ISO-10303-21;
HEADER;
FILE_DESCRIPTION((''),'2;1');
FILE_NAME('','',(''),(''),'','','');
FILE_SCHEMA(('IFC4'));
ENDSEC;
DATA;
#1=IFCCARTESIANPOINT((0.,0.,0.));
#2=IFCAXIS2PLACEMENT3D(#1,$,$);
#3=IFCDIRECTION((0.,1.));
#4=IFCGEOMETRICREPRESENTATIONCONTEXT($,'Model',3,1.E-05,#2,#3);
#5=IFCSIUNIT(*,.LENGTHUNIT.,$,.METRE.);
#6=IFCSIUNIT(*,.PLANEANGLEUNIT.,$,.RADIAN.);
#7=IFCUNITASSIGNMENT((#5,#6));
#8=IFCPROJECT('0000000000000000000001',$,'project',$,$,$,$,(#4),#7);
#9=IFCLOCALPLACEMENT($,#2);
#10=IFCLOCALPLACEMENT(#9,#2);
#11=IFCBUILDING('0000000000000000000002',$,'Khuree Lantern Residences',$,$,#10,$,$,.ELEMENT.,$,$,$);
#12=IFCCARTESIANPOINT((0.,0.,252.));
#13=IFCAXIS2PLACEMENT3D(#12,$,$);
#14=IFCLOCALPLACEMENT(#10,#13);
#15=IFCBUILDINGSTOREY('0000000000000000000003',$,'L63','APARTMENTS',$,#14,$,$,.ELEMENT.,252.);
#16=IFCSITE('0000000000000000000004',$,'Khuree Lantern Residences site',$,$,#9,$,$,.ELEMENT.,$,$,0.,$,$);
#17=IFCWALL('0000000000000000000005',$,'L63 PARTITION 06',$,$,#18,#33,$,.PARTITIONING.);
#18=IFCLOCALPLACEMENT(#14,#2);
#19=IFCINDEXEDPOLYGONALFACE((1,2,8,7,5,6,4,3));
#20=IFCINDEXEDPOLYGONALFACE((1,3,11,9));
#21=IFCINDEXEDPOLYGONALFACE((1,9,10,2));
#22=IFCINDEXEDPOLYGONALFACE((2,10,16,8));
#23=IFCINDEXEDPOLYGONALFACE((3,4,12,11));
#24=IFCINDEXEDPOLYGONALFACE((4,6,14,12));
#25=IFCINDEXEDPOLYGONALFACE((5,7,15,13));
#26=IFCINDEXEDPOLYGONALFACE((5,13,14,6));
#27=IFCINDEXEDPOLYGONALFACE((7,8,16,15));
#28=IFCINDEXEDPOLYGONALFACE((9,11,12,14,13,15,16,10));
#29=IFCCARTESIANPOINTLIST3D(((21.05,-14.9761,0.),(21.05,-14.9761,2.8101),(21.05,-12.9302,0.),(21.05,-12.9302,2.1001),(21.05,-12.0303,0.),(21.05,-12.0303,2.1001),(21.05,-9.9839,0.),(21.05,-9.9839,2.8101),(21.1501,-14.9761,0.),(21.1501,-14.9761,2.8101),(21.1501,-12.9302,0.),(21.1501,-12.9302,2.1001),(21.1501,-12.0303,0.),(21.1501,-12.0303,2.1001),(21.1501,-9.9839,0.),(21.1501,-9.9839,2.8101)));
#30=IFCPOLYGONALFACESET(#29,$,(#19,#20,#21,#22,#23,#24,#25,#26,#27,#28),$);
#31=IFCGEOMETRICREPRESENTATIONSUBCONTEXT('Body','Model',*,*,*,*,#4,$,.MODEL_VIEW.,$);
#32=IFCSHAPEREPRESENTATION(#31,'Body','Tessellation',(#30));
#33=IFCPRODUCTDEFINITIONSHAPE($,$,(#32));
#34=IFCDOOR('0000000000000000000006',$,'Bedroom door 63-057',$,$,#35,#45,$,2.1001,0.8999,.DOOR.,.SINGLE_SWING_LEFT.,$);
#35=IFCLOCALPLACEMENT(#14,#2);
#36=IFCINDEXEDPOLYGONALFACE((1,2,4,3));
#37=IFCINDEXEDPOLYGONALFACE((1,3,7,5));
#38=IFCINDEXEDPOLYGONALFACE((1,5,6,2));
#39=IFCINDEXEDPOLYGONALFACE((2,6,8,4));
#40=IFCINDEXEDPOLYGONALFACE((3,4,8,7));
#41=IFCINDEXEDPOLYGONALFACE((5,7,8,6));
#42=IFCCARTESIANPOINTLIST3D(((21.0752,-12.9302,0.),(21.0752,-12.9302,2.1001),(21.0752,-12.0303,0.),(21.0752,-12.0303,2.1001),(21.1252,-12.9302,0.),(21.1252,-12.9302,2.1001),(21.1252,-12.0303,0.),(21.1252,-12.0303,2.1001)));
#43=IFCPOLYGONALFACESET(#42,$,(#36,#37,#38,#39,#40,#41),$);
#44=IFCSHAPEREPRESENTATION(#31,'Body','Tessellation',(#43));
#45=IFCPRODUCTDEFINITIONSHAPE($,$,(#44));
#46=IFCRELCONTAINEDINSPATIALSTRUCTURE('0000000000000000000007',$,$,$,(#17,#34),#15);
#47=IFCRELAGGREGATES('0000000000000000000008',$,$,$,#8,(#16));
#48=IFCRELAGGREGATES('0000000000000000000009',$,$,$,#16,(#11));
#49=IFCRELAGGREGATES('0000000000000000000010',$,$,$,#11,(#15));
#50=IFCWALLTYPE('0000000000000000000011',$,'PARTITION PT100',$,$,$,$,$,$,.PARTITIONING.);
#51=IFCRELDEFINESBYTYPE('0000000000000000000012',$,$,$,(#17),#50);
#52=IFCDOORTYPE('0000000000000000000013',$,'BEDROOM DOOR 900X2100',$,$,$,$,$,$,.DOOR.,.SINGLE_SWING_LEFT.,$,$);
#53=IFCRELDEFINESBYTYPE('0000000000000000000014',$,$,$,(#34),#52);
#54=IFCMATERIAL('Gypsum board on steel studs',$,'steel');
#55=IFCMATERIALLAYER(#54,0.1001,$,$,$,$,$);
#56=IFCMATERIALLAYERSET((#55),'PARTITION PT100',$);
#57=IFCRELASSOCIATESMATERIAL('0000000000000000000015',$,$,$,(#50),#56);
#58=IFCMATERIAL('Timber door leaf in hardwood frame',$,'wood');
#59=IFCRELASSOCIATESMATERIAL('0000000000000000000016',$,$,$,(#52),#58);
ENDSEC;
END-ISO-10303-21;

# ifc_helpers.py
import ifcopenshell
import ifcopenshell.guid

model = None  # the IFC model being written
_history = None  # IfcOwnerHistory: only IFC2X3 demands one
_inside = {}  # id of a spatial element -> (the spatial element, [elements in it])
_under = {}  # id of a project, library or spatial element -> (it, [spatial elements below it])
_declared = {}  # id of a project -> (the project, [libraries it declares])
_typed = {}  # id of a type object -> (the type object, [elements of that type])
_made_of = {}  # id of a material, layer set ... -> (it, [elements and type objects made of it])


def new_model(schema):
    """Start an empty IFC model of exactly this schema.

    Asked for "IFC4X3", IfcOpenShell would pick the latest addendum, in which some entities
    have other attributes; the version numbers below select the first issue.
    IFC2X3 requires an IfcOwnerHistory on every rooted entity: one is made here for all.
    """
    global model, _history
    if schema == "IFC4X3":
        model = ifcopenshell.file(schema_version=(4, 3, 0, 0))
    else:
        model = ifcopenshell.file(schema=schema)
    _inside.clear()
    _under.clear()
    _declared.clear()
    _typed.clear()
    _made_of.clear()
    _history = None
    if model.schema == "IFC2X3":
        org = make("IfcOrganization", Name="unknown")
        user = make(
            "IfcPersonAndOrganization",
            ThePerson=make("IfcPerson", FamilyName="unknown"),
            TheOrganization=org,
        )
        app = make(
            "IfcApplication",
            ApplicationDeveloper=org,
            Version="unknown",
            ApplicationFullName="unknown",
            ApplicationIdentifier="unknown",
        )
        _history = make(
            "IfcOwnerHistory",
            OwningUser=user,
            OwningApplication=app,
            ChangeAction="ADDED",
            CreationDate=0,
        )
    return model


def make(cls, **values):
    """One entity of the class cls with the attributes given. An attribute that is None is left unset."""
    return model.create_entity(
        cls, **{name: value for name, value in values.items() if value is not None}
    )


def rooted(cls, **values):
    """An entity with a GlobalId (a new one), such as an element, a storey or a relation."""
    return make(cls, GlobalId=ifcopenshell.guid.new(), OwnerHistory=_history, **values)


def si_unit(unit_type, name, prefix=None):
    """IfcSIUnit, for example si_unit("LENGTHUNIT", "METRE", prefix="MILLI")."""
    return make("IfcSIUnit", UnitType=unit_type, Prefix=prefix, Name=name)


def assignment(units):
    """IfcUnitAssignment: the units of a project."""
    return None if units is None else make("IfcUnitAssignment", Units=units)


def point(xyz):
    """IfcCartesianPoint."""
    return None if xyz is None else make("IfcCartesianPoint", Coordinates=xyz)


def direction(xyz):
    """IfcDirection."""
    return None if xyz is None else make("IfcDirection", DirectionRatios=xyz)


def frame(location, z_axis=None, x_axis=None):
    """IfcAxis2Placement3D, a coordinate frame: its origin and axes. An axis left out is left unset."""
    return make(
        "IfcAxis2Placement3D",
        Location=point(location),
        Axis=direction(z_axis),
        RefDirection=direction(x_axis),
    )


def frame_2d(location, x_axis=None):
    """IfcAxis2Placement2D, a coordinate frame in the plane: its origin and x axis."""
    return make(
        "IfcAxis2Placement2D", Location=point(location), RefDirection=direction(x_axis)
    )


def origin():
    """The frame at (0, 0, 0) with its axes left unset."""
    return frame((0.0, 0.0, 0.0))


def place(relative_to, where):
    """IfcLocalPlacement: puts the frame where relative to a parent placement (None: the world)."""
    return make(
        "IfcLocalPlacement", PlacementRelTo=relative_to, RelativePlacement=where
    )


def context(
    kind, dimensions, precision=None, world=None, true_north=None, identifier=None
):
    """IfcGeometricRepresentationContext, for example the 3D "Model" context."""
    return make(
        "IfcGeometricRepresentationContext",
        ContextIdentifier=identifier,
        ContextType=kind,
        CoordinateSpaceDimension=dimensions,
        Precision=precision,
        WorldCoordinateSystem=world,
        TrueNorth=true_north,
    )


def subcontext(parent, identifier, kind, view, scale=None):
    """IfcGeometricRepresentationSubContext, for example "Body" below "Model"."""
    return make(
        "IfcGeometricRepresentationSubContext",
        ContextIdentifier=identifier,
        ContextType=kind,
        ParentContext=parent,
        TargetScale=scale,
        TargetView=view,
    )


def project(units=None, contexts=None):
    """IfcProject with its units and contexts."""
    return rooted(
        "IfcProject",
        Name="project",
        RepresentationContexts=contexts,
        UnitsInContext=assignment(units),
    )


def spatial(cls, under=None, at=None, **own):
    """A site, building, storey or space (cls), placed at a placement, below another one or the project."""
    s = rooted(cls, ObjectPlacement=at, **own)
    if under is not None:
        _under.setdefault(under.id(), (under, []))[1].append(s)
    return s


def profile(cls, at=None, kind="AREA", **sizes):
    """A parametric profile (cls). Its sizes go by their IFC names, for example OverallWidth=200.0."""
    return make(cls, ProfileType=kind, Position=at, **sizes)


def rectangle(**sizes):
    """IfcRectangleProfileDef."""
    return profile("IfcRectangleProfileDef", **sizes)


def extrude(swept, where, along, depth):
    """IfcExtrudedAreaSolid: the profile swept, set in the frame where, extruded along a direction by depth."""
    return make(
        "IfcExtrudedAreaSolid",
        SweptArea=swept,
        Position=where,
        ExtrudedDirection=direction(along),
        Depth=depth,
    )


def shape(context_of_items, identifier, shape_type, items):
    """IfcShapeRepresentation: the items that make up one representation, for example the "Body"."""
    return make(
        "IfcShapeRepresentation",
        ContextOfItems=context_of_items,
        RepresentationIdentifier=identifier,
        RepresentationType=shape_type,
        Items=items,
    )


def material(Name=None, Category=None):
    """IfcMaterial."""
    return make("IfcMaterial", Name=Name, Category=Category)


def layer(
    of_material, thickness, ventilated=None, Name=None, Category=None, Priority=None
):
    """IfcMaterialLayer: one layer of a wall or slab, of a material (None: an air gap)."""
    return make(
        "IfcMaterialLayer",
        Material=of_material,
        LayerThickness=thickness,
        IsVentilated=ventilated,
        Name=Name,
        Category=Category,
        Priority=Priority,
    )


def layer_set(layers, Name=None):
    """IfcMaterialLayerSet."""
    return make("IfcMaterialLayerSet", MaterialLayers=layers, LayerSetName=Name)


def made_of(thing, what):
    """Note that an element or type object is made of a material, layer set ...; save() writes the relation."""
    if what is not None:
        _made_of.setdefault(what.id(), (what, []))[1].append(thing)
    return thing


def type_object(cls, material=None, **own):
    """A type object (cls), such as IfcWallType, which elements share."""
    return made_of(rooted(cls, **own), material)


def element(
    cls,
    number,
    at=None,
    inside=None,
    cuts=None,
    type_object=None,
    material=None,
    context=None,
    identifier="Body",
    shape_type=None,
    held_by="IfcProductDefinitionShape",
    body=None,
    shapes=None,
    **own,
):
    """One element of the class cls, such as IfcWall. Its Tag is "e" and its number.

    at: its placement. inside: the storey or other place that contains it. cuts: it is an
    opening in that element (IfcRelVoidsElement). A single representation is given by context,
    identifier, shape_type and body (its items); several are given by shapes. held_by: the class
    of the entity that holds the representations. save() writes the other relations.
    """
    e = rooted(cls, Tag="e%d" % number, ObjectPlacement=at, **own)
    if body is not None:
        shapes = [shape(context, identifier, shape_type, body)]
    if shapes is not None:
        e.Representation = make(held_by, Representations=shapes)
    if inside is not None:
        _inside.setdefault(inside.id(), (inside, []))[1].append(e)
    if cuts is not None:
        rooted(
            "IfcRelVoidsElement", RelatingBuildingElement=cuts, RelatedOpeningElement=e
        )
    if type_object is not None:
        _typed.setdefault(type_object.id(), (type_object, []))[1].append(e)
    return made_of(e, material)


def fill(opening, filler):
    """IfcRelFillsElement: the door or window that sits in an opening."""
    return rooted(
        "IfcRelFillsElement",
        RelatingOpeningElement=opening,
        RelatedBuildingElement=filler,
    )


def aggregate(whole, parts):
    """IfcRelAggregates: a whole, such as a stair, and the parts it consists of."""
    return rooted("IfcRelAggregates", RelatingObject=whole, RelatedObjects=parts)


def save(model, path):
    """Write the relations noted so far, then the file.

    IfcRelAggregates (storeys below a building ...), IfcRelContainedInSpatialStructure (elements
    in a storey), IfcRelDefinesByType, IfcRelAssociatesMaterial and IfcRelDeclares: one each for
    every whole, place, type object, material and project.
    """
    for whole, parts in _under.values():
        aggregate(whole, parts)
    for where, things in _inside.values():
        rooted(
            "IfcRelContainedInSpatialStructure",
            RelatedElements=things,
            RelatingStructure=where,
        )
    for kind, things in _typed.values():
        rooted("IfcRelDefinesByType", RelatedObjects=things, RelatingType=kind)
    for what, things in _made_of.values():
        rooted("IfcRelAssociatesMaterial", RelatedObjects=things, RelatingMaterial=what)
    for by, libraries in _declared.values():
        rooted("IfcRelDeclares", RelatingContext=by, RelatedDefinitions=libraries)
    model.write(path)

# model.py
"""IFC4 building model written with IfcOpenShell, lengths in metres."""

from ifc_helpers import new_model, si_unit, direction, frame, frame_2d, origin, place, context, subcontext, project, spatial, rectangle, extrude, material, layer, layer_set, type_object, element, fill, save


model = new_model("IFC4")

# Units and contexts
model_context = context("Model", 3, precision=1e-05, world=origin(), true_north=direction((0.0, 1.0)))
body_context = subcontext(model_context, "Body", "Model", "MODEL_VIEW")
ifc_project = project(units=[si_unit("LENGTHUNIT", "METRE"), si_unit("PLANEANGLEUNIT", "RADIAN")], contexts=[model_context])

# Site, building, storey
site_placement = place(None, origin())
site = spatial("IfcSite", under=ifc_project, at=site_placement, Name="Khuree Lantern Residences site", CompositionType="ELEMENT", RefElevation=0.0)
building_placement = place(site_placement, origin())
building = spatial("IfcBuilding", under=site, at=building_placement, Name="Khuree Lantern Residences", CompositionType="ELEMENT")
storey_placement = place(building_placement, frame((0.0, 0.0, 252.0)))
storey = spatial("IfcBuildingStorey", under=building, at=storey_placement, Name="L63", Description="APARTMENTS", CompositionType="ELEMENT", Elevation=252.0)

# Shared definitions
ifc_material_1 = material(Name="Timber door leaf in hardwood frame", Category="wood")

# Shared definitions
ifc_material_2 = material(Name="Gypsum board on steel studs", Category="steel")

# Shared definitions
ifc_layer_1 = layer(ifc_material_2, 0.1001)
ifc_layer_set_1 = layer_set([ifc_layer_1], Name="PARTITION PT100")
wall_type_1 = type_object("IfcWallType", Name="PARTITION PT100", PredefinedType="PARTITIONING", material=ifc_layer_set_1)

# Wall, opening, door
door_type_1 = type_object("IfcDoorType", Name="BEDROOM DOOR 900X2100", OperationType="SINGLE_SWING_LEFT", PredefinedType="DOOR", material=ifc_material_1)
wall_1_placement = place(storey_placement, frame((21.1001, -14.9761, 0.0), z_axis=(0.0, 0.0, 1.0), x_axis=(0.0, 1.0, 0.0)))
wall_1 = element("IfcWall", 1, at=wall_1_placement, inside=storey, type_object=wall_type_1, Name="L63 PARTITION 06", PredefinedType="PARTITIONING", context=body_context, shape_type="SweptSolid", body=[
    extrude(rectangle(XDim=4.9922, YDim=0.1001, at=frame_2d((2.4961, 0.0))), origin(), (0.0, 0.0, 1.0), 2.8101),
])
opening_1_placement = place(wall_1_placement, frame((2.0459, 0.0, 0.0)))
opening_1 = element("IfcOpeningElement", 2, at=opening_1_placement, cuts=wall_1, PredefinedType="OPENING", context=body_context, shape_type="SweptSolid", body=[
    extrude(rectangle(XDim=0.8999, YDim=2.1001, at=frame_2d((0.45, 1.05))), frame((0.0, 0.0601, 0.0), z_axis=(0.0, -1.0, 0.0), x_axis=(1.0, 0.0, 0.0)), (0.0, 0.0, 1.0), 0.1201),
])
door_1_placement = place(opening_1_placement, origin())
door_1 = element("IfcDoor", 3, at=door_1_placement, inside=storey, type_object=door_type_1, Name="Bedroom door 63-057", OperationType="SINGLE_SWING_LEFT", OverallHeight=2.1001, OverallWidth=0.8999, PredefinedType="DOOR", context=body_context, shape_type="SweptSolid", body=[
    extrude(rectangle(XDim=0.8999, YDim=2.1001, at=frame_2d((0.45, 1.05))), frame((0.0, 0.0249, 0.0), z_axis=(0.0, -1.0, 0.0), x_axis=(1.0, 0.0, 0.0)), (0.0, 0.0, 1.0), 0.05),
])
fill(opening_1, door_1)

save(model, "model.ifc")
